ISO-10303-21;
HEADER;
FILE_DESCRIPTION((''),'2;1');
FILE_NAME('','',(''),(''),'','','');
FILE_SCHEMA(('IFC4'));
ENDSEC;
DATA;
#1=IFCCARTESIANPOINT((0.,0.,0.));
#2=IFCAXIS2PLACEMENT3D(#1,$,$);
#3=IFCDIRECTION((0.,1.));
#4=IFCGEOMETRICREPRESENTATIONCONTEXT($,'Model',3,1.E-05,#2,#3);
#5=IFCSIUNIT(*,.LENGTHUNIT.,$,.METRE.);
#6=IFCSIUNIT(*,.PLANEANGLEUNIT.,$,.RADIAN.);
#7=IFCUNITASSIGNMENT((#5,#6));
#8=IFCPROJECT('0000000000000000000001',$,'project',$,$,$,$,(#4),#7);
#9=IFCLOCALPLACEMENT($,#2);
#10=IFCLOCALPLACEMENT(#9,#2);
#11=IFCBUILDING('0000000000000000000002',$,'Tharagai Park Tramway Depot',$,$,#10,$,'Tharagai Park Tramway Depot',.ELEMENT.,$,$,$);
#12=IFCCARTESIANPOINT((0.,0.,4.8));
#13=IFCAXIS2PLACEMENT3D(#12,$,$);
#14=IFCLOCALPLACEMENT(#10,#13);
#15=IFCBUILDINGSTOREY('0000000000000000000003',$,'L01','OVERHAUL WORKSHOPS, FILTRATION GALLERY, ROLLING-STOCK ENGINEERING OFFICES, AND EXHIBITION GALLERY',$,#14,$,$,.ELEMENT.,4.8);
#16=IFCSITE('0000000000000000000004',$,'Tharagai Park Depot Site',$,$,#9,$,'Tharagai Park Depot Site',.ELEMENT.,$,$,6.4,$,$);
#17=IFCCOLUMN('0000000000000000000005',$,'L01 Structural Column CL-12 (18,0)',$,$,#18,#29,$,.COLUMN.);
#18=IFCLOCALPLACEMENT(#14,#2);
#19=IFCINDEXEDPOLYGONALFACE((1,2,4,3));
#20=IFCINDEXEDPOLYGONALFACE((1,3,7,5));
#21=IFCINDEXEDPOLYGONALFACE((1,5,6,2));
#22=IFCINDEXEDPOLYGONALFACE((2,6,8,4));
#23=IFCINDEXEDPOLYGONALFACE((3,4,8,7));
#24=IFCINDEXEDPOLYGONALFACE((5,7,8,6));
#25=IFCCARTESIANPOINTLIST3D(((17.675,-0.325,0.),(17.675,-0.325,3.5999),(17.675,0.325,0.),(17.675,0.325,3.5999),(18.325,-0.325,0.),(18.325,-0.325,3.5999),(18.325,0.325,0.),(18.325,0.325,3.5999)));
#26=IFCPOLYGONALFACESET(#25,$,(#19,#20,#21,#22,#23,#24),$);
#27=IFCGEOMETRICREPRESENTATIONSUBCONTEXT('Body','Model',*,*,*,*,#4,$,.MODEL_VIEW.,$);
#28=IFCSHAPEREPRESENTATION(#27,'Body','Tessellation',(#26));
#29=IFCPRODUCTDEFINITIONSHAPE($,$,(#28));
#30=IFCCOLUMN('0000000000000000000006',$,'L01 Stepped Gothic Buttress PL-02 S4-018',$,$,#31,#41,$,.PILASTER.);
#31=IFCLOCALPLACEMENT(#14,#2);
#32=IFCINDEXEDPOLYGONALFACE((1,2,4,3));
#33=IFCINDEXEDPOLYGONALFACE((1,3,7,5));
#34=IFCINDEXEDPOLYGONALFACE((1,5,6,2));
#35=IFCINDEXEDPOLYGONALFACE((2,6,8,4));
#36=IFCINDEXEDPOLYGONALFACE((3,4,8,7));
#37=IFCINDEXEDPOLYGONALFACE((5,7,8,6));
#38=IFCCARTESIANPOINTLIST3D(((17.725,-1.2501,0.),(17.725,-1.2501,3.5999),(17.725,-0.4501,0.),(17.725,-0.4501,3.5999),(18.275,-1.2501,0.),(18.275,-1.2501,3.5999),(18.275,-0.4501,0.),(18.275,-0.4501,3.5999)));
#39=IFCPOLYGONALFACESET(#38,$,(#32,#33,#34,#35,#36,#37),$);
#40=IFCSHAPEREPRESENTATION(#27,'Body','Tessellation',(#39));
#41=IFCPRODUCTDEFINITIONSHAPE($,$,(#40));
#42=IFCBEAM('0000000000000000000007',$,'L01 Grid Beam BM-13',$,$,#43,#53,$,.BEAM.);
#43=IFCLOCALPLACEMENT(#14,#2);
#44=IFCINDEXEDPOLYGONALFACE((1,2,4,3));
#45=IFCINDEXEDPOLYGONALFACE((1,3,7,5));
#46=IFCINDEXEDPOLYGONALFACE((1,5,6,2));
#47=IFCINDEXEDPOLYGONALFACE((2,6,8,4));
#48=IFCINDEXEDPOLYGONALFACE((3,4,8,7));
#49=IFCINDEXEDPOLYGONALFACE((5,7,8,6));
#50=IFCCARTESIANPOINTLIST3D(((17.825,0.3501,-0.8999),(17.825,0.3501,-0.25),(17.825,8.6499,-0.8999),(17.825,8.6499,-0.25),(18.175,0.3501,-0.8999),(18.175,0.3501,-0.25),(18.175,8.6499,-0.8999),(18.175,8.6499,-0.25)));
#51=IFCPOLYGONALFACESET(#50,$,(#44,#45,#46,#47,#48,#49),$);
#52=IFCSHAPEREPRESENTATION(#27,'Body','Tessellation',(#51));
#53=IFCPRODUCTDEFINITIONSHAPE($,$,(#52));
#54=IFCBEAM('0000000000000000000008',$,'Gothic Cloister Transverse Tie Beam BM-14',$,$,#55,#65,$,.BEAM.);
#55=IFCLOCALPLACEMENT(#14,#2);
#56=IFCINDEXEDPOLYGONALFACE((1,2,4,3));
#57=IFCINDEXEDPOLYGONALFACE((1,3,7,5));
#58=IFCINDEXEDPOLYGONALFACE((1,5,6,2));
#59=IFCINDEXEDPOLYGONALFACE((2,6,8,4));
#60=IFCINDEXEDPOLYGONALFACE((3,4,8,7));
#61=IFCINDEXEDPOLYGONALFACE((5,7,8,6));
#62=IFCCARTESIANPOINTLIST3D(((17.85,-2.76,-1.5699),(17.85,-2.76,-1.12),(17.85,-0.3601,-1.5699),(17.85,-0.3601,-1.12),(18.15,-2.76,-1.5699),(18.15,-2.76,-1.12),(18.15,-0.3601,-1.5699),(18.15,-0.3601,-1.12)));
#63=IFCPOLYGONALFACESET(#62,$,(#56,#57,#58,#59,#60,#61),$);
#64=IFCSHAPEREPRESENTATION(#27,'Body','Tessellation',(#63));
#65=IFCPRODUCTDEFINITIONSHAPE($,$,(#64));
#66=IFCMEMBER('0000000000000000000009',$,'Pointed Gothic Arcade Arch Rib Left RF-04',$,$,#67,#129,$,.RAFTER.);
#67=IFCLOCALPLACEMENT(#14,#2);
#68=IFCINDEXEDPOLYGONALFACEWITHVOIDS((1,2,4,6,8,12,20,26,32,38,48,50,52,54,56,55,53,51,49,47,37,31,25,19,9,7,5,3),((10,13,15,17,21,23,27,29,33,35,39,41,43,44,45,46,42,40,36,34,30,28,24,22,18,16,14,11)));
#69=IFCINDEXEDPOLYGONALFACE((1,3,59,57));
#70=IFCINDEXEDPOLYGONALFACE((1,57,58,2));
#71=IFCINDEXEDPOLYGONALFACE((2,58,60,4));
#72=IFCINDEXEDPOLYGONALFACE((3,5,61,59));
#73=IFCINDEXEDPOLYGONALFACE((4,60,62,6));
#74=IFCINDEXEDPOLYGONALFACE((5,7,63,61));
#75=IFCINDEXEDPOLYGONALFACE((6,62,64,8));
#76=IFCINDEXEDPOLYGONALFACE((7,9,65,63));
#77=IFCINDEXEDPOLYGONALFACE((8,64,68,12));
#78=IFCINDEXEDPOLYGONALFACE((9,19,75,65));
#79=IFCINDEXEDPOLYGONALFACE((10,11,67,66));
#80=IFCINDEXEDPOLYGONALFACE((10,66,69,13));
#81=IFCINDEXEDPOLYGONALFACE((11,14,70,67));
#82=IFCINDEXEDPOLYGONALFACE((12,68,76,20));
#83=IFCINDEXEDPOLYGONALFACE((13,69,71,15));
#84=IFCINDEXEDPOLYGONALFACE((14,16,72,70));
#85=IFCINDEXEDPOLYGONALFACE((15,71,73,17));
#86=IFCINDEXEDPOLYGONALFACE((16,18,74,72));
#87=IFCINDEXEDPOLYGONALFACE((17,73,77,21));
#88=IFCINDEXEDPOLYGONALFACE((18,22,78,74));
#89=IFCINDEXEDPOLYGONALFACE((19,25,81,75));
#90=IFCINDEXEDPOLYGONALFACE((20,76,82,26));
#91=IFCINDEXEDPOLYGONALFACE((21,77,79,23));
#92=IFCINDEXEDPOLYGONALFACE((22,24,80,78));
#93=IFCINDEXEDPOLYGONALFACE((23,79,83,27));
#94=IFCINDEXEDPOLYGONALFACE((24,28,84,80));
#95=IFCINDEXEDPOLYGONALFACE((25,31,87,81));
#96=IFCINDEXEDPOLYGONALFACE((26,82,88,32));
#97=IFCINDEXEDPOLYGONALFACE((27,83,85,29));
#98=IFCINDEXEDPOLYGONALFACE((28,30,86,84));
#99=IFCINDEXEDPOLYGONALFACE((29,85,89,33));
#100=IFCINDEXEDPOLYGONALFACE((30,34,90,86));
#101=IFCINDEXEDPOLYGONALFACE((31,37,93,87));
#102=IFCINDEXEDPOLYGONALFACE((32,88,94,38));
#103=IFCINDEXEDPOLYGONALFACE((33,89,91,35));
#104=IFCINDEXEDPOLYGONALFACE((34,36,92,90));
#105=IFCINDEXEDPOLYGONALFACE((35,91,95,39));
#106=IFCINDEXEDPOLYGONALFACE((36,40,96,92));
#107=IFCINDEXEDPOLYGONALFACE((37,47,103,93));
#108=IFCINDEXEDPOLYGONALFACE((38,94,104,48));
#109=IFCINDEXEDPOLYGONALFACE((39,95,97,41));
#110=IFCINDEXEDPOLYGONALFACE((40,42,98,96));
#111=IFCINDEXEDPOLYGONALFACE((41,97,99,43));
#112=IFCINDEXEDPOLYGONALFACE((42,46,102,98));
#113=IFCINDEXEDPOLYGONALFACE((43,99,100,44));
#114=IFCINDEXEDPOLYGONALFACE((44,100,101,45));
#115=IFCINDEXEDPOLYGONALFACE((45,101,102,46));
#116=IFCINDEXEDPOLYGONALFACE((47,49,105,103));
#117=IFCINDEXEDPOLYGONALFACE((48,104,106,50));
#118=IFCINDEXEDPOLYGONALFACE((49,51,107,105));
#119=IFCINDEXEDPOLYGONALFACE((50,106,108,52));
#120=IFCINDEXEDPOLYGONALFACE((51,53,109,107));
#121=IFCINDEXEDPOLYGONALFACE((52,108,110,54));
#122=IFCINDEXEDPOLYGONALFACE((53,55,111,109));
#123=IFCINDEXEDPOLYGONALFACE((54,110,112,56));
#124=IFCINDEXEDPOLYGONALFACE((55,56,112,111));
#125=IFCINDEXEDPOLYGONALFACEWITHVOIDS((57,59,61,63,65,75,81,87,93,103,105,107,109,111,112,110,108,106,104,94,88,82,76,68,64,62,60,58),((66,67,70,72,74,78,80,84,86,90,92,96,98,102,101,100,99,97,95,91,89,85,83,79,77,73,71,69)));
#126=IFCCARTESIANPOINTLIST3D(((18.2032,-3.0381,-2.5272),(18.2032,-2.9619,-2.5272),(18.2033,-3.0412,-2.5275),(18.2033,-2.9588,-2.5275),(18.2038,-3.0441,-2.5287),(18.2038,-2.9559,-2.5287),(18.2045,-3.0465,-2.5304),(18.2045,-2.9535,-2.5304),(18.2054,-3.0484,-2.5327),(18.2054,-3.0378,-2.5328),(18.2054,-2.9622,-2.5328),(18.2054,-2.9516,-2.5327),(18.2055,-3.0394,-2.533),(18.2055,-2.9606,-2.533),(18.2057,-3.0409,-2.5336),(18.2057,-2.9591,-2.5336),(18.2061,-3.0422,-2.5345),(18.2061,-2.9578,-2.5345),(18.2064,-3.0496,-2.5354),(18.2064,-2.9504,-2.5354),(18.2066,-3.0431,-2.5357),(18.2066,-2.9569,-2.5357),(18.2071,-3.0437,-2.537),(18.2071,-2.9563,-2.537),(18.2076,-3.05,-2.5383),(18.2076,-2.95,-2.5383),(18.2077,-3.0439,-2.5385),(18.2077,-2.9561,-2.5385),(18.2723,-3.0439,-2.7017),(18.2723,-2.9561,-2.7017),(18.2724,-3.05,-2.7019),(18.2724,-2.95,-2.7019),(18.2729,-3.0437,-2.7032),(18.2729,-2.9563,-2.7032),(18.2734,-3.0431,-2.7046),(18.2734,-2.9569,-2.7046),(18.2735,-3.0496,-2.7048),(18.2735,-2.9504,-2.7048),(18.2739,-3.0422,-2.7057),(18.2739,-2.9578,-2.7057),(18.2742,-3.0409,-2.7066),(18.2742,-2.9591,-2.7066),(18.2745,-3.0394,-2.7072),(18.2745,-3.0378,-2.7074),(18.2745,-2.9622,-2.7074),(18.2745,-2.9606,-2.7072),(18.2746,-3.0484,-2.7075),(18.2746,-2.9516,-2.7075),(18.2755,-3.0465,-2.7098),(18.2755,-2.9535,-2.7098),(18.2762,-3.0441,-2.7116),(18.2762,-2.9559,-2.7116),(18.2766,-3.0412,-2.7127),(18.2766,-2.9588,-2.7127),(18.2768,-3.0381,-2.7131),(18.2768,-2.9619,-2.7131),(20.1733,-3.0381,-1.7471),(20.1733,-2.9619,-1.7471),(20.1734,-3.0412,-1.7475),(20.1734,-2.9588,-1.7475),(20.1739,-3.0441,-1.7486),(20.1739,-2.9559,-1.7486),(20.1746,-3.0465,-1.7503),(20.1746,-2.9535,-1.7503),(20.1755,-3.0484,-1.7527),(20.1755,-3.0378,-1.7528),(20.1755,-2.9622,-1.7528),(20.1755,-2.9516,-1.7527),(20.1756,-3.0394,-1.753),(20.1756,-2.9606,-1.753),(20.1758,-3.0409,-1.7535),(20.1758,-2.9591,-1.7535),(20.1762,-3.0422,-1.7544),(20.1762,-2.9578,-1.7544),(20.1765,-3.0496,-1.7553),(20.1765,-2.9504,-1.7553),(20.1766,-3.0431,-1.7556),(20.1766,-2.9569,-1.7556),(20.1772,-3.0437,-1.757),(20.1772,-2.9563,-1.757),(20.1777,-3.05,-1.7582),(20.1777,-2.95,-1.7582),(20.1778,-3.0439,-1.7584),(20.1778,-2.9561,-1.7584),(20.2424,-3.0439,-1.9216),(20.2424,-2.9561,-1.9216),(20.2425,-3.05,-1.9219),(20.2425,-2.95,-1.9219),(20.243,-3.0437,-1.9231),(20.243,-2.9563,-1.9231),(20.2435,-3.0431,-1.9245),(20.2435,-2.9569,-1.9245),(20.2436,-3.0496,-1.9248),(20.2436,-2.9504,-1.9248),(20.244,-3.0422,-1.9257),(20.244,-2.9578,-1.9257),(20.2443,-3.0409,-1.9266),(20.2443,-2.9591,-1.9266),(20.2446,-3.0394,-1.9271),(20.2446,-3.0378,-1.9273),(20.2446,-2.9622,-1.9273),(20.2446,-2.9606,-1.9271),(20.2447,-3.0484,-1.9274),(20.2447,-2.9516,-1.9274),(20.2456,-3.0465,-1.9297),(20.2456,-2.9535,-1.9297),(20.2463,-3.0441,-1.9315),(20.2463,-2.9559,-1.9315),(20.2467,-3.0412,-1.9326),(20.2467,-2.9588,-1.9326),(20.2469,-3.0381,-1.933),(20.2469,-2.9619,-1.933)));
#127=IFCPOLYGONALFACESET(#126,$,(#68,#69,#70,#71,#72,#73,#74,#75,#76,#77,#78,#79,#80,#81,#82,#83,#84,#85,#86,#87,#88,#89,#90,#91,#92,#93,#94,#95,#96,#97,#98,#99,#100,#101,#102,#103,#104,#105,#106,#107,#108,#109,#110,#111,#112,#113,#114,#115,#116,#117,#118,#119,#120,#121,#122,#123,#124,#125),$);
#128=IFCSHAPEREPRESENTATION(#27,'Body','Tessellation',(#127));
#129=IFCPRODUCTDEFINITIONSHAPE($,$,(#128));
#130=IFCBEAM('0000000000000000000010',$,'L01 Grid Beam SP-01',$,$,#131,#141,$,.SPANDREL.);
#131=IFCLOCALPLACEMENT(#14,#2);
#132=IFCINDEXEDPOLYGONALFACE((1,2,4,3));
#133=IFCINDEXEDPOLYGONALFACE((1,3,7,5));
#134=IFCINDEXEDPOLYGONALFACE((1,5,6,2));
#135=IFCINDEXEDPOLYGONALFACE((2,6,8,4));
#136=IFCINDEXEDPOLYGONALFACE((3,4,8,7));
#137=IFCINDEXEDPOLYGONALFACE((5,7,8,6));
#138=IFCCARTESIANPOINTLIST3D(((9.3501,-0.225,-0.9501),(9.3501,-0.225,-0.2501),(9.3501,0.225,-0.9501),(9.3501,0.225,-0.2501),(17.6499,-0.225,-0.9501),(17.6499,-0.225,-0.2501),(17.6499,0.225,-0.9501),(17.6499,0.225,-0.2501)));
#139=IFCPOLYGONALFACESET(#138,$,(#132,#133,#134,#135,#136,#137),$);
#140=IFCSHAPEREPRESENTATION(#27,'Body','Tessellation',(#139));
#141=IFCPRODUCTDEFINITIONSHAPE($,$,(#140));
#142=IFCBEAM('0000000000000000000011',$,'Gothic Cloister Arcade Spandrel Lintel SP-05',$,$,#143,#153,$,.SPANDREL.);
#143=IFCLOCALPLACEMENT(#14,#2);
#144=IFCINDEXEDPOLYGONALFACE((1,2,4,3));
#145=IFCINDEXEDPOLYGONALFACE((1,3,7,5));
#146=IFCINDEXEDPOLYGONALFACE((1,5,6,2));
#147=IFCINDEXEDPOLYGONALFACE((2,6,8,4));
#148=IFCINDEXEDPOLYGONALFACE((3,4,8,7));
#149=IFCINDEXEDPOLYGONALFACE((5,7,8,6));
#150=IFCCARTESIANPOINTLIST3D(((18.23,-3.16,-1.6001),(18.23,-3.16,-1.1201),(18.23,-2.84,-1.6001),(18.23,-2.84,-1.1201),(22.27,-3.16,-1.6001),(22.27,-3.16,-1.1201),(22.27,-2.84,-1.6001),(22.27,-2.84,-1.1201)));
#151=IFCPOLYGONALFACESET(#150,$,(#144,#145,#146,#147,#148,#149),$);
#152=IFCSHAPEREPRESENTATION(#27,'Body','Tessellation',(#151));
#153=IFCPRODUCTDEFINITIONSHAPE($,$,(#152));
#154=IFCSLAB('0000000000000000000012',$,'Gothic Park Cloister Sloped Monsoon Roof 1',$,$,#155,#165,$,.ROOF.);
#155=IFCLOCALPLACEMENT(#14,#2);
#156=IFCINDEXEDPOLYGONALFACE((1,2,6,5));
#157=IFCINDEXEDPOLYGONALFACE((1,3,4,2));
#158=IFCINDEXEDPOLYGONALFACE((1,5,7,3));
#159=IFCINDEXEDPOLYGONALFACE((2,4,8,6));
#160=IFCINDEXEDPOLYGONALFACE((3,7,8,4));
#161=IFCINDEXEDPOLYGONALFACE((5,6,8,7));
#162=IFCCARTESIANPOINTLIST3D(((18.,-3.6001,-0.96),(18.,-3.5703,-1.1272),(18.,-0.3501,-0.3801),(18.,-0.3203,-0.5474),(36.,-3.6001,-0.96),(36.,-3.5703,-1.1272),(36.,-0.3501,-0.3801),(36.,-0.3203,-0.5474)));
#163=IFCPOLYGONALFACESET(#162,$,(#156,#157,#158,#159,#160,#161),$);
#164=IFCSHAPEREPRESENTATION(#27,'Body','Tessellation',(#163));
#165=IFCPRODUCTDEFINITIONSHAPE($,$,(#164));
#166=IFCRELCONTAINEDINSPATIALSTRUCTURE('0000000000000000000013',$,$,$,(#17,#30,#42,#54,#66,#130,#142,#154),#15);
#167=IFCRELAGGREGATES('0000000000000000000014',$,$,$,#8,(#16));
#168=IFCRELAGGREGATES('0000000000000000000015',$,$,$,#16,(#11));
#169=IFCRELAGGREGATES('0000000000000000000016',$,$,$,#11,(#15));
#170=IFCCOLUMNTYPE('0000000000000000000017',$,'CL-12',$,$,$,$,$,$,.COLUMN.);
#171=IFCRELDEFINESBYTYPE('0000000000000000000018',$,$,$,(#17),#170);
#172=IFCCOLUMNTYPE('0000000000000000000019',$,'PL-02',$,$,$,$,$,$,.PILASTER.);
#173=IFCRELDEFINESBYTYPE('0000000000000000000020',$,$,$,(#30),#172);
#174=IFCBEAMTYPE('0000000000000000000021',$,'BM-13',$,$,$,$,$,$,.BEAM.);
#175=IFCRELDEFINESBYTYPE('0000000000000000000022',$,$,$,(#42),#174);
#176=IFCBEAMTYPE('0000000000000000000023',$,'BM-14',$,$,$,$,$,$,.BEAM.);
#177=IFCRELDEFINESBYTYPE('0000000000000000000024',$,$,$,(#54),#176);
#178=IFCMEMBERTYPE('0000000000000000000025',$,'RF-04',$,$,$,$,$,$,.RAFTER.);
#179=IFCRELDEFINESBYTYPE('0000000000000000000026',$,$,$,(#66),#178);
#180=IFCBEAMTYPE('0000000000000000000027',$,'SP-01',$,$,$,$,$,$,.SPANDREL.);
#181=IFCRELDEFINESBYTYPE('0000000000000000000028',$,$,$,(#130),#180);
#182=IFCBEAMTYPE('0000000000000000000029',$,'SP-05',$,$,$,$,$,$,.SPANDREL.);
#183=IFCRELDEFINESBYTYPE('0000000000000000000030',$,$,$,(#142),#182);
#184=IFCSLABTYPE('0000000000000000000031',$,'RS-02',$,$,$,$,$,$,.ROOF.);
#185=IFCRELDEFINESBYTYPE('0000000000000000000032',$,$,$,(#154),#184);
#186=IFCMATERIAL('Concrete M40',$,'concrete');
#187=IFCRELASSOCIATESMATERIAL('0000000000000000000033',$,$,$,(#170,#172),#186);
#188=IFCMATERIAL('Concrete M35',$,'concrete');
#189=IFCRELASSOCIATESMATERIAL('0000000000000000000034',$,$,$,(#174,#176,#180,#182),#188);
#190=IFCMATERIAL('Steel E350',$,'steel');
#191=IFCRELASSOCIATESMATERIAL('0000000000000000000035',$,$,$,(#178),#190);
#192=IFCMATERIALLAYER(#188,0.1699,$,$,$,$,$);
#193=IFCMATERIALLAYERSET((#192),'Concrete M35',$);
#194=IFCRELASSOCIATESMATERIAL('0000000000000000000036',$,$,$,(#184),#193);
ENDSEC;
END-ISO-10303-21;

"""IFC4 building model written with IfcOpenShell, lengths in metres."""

from ifc_helpers import new_model, si_unit, direction, frame, origin, origin_2d, place, context, subcontext, project, spatial, polyline, rectangle, hollow_rectangle, outline, extrude, material, layer, layer_set, material_profile, profile_set, type_object, element, save


model = new_model("IFC4")

# Units and contexts
model_context = context("Model", 3, precision=1e-05, world=origin(), true_north=direction((0.0, 1.0)))
body_context = subcontext(model_context, "Body", "Model", "MODEL_VIEW")
ifc_project = project(units=[si_unit("LENGTHUNIT", "METRE"), si_unit("PLANEANGLEUNIT", "RADIAN")], contexts=[model_context])

# Site, building, storey
site_placement = place(None, origin())
site = spatial("IfcSite", under=ifc_project, at=site_placement, Name="Tharagai Park Depot Site", LongName="Tharagai Park Depot Site", CompositionType="ELEMENT", RefElevation=6.4)
building_placement = place(site_placement, origin())
building = spatial("IfcBuilding", under=site, at=building_placement, Name="Tharagai Park Tramway Depot", LongName="Tharagai Park Tramway Depot", CompositionType="ELEMENT")
storey_placement = place(building_placement, frame((0.0, 0.0, 4.8)))
storey = spatial("IfcBuildingStorey", under=building, at=storey_placement, Name="L01", Description="OVERHAUL WORKSHOPS, FILTRATION GALLERY, ROLLING-STOCK ENGINEERING OFFICES, AND EXHIBITION GALLERY", CompositionType="ELEMENT", Elevation=4.8)

# Columns
ifc_material_1 = material(Name="Concrete M40", Category="concrete")
ifc_material_profile_1 = material_profile(ifc_material_1, rectangle(XDim=0.6499, YDim=0.6499, at=origin_2d()), Name="RC 650x650")
ifc_profile_set_1 = profile_set([ifc_material_profile_1], Name="Concrete M40")
column_type_1 = type_object("IfcColumnType", Name="CL-12", PredefinedType="COLUMN", material=ifc_profile_set_1)
column_1_placement = place(storey_placement, frame((18.0, 0.0, 0.0), z_axis=(0.0, 0.0, 1.0), x_axis=(1.0, 0.0, 0.0)))
element("IfcColumn", 1, at=column_1_placement, inside=storey, type_object=column_type_1, Name="L01 Structural Column CL-12 (18,0)", PredefinedType="COLUMN", context=body_context, shape_type="SweptSolid", body=[
    extrude(rectangle(XDim=0.6499, YDim=0.6499, at=origin_2d()), origin(), (0.0, 0.0, 1.0), 3.5999),
])
ifc_material_profile_2 = material_profile(ifc_material_1, rectangle(XDim=0.55, YDim=0.8, at=origin_2d()), Name="RC 550x800")
ifc_profile_set_2 = profile_set([ifc_material_profile_2], Name="Concrete M40")
column_type_2 = type_object("IfcColumnType", Name="PL-02", PredefinedType="PILASTER", material=ifc_profile_set_2)
column_2_placement = place(storey_placement, frame((18.0, -0.8501, 0.0), z_axis=(0.0, 0.0, 1.0), x_axis=(1.0, 0.0, 0.0)))
element("IfcColumn", 2, at=column_2_placement, inside=storey, type_object=column_type_2, Name="L01 Stepped Gothic Buttress PL-02 S4-018", PredefinedType="PILASTER", context=body_context, shape_type="SweptSolid", body=[
    extrude(rectangle(XDim=0.55, YDim=0.8, at=origin_2d()), origin(), (0.0, 0.0, 1.0), 3.5999),
])

# Beams
ifc_material_2 = material(Name="Concrete M35", Category="concrete")
ifc_material_profile_3 = material_profile(ifc_material_2, rectangle(XDim=0.3501, YDim=0.6499, at=origin_2d()), Name="RC 350x650")
ifc_profile_set_3 = profile_set([ifc_material_profile_3], Name="Concrete M35")
beam_type_1 = type_object("IfcBeamType", Name="BM-13", PredefinedType="BEAM", material=ifc_profile_set_3)
beam_1_placement = place(storey_placement, frame((18.0, 0.3501, -0.575), z_axis=(0.0, 1.0, 0.0), x_axis=(-1.0, 0.0, 0.0)))
element("IfcBeam", 3, at=beam_1_placement, inside=storey, type_object=beam_type_1, Name="L01 Grid Beam BM-13", PredefinedType="BEAM", context=body_context, shape_type="SweptSolid", body=[
    extrude(rectangle(XDim=0.3501, YDim=0.6499, at=origin_2d()), origin(), (0.0, 0.0, 1.0), 8.2998),
])
ifc_material_profile_4 = material_profile(ifc_material_2, rectangle(XDim=0.3, YDim=0.45, at=origin_2d()), Name="RC 300x450")
ifc_profile_set_4 = profile_set([ifc_material_profile_4], Name="Concrete M35")
beam_type_2 = type_object("IfcBeamType", Name="BM-14", PredefinedType="BEAM", material=ifc_profile_set_4)
beam_2_placement = place(storey_placement, frame((18.0, -2.76, -1.345), z_axis=(0.0, 1.0, 0.0), x_axis=(-1.0, 0.0, 0.0)))
element("IfcBeam", 4, at=beam_2_placement, inside=storey, type_object=beam_type_2, Name="Gothic Cloister Transverse Tie Beam BM-14", PredefinedType="BEAM", context=body_context, shape_type="SweptSolid", body=[
    extrude(rectangle(XDim=0.3, YDim=0.45, at=origin_2d()), origin(), (0.0, 0.0, 1.0), 2.3999),
])

# Member
ifc_material_3 = material(Name="Steel E350", Category="steel")
ifc_material_profile_5 = material_profile(ifc_material_3, hollow_rectangle(XDim=0.1001, YDim=0.2, WallThickness=0.0061, InnerFilletRadius=0.0061, OuterFilletRadius=0.012, at=origin_2d()), Name="RHS 200x100x6")
ifc_profile_set_5 = profile_set([ifc_material_profile_5], Name="Steel E350")
member_type = type_object("IfcMemberType", Name="RF-04", PredefinedType="RAFTER", material=ifc_profile_set_5)
member_placement = place(storey_placement, frame((18.24, -3.0, -2.6201), z_axis=(0.929766, 0.0, 0.36815), x_axis=(0.0, 1.0, 0.0)))
element("IfcMember", 5, at=member_placement, inside=storey, type_object=member_type, Name="Pointed Gothic Arcade Arch Rib Left RF-04", PredefinedType="RAFTER", context=body_context, shape_type="SweptSolid", body=[
    extrude(hollow_rectangle(XDim=0.1001, YDim=0.2, WallThickness=0.0061, InnerFilletRadius=0.0061, OuterFilletRadius=0.012, at=origin_2d()), origin(), (0.0, 0.0, 1.0), 2.1189),
])

# Beams
ifc_material_profile_6 = material_profile(ifc_material_2, rectangle(XDim=0.45, YDim=0.7, at=origin_2d()), Name="RC 450x700")
ifc_profile_set_6 = profile_set([ifc_material_profile_6], Name="Concrete M35")
beam_type_3 = type_object("IfcBeamType", Name="SP-01", PredefinedType="SPANDREL", material=ifc_profile_set_6)
beam_3_placement = place(storey_placement, frame((9.3501, 0.0, -0.6001), z_axis=(1.0, 0.0, 0.0), x_axis=(0.0, 1.0, 0.0)))
element("IfcBeam", 6, at=beam_3_placement, inside=storey, type_object=beam_type_3, Name="L01 Grid Beam SP-01", PredefinedType="SPANDREL", context=body_context, shape_type="SweptSolid", body=[
    extrude(rectangle(XDim=0.45, YDim=0.7, at=origin_2d()), origin(), (0.0, 0.0, 1.0), 8.2998),
])
ifc_material_profile_7 = material_profile(ifc_material_2, rectangle(XDim=0.3201, YDim=0.48, at=origin_2d()), Name="RC 320x480")
ifc_profile_set_7 = profile_set([ifc_material_profile_7], Name="Concrete M35")
beam_type_4 = type_object("IfcBeamType", Name="SP-05", PredefinedType="SPANDREL", material=ifc_profile_set_7)
beam_4_placement = place(storey_placement, frame((18.23, -3.0, -1.3601), z_axis=(1.0, 0.0, 0.0), x_axis=(0.0, 1.0, 0.0)))
element("IfcBeam", 7, at=beam_4_placement, inside=storey, type_object=beam_type_4, Name="Gothic Cloister Arcade Spandrel Lintel SP-05", PredefinedType="SPANDREL", context=body_context, shape_type="SweptSolid", body=[
    extrude(rectangle(XDim=0.3201, YDim=0.48, at=origin_2d()), origin(), (0.0, 0.0, 1.0), 4.04),
])

# Slab
ifc_layer_1 = layer(ifc_material_2, 0.1699)
ifc_layer_set_1 = layer_set([ifc_layer_1], Name="Concrete M35")
slab_type = type_object("IfcSlabType", Name="RS-02", PredefinedType="ROOF", material=ifc_layer_set_1)
slab_placement = place(storey_placement, frame((18.0, -3.6001, -0.96), z_axis=(0.0, -0.175637, 0.984455), x_axis=(1.0, 0.0, 0.0)))
element("IfcSlab", 8, at=slab_placement, inside=storey, type_object=slab_type, Name="Gothic Park Cloister Sloped Monsoon Roof 1", PredefinedType="ROOF", context=body_context, shape_type="SweptSolid", body=[
    extrude(outline(polyline([(0.0, 0.0), (18.0, 0.0), (18.0, 3.3013), (0.0, 3.3013), (0.0, 0.0)])), origin(), (0.0, 0.0, -1.0), 0.1699),
])

save(model, "model.ifc")
